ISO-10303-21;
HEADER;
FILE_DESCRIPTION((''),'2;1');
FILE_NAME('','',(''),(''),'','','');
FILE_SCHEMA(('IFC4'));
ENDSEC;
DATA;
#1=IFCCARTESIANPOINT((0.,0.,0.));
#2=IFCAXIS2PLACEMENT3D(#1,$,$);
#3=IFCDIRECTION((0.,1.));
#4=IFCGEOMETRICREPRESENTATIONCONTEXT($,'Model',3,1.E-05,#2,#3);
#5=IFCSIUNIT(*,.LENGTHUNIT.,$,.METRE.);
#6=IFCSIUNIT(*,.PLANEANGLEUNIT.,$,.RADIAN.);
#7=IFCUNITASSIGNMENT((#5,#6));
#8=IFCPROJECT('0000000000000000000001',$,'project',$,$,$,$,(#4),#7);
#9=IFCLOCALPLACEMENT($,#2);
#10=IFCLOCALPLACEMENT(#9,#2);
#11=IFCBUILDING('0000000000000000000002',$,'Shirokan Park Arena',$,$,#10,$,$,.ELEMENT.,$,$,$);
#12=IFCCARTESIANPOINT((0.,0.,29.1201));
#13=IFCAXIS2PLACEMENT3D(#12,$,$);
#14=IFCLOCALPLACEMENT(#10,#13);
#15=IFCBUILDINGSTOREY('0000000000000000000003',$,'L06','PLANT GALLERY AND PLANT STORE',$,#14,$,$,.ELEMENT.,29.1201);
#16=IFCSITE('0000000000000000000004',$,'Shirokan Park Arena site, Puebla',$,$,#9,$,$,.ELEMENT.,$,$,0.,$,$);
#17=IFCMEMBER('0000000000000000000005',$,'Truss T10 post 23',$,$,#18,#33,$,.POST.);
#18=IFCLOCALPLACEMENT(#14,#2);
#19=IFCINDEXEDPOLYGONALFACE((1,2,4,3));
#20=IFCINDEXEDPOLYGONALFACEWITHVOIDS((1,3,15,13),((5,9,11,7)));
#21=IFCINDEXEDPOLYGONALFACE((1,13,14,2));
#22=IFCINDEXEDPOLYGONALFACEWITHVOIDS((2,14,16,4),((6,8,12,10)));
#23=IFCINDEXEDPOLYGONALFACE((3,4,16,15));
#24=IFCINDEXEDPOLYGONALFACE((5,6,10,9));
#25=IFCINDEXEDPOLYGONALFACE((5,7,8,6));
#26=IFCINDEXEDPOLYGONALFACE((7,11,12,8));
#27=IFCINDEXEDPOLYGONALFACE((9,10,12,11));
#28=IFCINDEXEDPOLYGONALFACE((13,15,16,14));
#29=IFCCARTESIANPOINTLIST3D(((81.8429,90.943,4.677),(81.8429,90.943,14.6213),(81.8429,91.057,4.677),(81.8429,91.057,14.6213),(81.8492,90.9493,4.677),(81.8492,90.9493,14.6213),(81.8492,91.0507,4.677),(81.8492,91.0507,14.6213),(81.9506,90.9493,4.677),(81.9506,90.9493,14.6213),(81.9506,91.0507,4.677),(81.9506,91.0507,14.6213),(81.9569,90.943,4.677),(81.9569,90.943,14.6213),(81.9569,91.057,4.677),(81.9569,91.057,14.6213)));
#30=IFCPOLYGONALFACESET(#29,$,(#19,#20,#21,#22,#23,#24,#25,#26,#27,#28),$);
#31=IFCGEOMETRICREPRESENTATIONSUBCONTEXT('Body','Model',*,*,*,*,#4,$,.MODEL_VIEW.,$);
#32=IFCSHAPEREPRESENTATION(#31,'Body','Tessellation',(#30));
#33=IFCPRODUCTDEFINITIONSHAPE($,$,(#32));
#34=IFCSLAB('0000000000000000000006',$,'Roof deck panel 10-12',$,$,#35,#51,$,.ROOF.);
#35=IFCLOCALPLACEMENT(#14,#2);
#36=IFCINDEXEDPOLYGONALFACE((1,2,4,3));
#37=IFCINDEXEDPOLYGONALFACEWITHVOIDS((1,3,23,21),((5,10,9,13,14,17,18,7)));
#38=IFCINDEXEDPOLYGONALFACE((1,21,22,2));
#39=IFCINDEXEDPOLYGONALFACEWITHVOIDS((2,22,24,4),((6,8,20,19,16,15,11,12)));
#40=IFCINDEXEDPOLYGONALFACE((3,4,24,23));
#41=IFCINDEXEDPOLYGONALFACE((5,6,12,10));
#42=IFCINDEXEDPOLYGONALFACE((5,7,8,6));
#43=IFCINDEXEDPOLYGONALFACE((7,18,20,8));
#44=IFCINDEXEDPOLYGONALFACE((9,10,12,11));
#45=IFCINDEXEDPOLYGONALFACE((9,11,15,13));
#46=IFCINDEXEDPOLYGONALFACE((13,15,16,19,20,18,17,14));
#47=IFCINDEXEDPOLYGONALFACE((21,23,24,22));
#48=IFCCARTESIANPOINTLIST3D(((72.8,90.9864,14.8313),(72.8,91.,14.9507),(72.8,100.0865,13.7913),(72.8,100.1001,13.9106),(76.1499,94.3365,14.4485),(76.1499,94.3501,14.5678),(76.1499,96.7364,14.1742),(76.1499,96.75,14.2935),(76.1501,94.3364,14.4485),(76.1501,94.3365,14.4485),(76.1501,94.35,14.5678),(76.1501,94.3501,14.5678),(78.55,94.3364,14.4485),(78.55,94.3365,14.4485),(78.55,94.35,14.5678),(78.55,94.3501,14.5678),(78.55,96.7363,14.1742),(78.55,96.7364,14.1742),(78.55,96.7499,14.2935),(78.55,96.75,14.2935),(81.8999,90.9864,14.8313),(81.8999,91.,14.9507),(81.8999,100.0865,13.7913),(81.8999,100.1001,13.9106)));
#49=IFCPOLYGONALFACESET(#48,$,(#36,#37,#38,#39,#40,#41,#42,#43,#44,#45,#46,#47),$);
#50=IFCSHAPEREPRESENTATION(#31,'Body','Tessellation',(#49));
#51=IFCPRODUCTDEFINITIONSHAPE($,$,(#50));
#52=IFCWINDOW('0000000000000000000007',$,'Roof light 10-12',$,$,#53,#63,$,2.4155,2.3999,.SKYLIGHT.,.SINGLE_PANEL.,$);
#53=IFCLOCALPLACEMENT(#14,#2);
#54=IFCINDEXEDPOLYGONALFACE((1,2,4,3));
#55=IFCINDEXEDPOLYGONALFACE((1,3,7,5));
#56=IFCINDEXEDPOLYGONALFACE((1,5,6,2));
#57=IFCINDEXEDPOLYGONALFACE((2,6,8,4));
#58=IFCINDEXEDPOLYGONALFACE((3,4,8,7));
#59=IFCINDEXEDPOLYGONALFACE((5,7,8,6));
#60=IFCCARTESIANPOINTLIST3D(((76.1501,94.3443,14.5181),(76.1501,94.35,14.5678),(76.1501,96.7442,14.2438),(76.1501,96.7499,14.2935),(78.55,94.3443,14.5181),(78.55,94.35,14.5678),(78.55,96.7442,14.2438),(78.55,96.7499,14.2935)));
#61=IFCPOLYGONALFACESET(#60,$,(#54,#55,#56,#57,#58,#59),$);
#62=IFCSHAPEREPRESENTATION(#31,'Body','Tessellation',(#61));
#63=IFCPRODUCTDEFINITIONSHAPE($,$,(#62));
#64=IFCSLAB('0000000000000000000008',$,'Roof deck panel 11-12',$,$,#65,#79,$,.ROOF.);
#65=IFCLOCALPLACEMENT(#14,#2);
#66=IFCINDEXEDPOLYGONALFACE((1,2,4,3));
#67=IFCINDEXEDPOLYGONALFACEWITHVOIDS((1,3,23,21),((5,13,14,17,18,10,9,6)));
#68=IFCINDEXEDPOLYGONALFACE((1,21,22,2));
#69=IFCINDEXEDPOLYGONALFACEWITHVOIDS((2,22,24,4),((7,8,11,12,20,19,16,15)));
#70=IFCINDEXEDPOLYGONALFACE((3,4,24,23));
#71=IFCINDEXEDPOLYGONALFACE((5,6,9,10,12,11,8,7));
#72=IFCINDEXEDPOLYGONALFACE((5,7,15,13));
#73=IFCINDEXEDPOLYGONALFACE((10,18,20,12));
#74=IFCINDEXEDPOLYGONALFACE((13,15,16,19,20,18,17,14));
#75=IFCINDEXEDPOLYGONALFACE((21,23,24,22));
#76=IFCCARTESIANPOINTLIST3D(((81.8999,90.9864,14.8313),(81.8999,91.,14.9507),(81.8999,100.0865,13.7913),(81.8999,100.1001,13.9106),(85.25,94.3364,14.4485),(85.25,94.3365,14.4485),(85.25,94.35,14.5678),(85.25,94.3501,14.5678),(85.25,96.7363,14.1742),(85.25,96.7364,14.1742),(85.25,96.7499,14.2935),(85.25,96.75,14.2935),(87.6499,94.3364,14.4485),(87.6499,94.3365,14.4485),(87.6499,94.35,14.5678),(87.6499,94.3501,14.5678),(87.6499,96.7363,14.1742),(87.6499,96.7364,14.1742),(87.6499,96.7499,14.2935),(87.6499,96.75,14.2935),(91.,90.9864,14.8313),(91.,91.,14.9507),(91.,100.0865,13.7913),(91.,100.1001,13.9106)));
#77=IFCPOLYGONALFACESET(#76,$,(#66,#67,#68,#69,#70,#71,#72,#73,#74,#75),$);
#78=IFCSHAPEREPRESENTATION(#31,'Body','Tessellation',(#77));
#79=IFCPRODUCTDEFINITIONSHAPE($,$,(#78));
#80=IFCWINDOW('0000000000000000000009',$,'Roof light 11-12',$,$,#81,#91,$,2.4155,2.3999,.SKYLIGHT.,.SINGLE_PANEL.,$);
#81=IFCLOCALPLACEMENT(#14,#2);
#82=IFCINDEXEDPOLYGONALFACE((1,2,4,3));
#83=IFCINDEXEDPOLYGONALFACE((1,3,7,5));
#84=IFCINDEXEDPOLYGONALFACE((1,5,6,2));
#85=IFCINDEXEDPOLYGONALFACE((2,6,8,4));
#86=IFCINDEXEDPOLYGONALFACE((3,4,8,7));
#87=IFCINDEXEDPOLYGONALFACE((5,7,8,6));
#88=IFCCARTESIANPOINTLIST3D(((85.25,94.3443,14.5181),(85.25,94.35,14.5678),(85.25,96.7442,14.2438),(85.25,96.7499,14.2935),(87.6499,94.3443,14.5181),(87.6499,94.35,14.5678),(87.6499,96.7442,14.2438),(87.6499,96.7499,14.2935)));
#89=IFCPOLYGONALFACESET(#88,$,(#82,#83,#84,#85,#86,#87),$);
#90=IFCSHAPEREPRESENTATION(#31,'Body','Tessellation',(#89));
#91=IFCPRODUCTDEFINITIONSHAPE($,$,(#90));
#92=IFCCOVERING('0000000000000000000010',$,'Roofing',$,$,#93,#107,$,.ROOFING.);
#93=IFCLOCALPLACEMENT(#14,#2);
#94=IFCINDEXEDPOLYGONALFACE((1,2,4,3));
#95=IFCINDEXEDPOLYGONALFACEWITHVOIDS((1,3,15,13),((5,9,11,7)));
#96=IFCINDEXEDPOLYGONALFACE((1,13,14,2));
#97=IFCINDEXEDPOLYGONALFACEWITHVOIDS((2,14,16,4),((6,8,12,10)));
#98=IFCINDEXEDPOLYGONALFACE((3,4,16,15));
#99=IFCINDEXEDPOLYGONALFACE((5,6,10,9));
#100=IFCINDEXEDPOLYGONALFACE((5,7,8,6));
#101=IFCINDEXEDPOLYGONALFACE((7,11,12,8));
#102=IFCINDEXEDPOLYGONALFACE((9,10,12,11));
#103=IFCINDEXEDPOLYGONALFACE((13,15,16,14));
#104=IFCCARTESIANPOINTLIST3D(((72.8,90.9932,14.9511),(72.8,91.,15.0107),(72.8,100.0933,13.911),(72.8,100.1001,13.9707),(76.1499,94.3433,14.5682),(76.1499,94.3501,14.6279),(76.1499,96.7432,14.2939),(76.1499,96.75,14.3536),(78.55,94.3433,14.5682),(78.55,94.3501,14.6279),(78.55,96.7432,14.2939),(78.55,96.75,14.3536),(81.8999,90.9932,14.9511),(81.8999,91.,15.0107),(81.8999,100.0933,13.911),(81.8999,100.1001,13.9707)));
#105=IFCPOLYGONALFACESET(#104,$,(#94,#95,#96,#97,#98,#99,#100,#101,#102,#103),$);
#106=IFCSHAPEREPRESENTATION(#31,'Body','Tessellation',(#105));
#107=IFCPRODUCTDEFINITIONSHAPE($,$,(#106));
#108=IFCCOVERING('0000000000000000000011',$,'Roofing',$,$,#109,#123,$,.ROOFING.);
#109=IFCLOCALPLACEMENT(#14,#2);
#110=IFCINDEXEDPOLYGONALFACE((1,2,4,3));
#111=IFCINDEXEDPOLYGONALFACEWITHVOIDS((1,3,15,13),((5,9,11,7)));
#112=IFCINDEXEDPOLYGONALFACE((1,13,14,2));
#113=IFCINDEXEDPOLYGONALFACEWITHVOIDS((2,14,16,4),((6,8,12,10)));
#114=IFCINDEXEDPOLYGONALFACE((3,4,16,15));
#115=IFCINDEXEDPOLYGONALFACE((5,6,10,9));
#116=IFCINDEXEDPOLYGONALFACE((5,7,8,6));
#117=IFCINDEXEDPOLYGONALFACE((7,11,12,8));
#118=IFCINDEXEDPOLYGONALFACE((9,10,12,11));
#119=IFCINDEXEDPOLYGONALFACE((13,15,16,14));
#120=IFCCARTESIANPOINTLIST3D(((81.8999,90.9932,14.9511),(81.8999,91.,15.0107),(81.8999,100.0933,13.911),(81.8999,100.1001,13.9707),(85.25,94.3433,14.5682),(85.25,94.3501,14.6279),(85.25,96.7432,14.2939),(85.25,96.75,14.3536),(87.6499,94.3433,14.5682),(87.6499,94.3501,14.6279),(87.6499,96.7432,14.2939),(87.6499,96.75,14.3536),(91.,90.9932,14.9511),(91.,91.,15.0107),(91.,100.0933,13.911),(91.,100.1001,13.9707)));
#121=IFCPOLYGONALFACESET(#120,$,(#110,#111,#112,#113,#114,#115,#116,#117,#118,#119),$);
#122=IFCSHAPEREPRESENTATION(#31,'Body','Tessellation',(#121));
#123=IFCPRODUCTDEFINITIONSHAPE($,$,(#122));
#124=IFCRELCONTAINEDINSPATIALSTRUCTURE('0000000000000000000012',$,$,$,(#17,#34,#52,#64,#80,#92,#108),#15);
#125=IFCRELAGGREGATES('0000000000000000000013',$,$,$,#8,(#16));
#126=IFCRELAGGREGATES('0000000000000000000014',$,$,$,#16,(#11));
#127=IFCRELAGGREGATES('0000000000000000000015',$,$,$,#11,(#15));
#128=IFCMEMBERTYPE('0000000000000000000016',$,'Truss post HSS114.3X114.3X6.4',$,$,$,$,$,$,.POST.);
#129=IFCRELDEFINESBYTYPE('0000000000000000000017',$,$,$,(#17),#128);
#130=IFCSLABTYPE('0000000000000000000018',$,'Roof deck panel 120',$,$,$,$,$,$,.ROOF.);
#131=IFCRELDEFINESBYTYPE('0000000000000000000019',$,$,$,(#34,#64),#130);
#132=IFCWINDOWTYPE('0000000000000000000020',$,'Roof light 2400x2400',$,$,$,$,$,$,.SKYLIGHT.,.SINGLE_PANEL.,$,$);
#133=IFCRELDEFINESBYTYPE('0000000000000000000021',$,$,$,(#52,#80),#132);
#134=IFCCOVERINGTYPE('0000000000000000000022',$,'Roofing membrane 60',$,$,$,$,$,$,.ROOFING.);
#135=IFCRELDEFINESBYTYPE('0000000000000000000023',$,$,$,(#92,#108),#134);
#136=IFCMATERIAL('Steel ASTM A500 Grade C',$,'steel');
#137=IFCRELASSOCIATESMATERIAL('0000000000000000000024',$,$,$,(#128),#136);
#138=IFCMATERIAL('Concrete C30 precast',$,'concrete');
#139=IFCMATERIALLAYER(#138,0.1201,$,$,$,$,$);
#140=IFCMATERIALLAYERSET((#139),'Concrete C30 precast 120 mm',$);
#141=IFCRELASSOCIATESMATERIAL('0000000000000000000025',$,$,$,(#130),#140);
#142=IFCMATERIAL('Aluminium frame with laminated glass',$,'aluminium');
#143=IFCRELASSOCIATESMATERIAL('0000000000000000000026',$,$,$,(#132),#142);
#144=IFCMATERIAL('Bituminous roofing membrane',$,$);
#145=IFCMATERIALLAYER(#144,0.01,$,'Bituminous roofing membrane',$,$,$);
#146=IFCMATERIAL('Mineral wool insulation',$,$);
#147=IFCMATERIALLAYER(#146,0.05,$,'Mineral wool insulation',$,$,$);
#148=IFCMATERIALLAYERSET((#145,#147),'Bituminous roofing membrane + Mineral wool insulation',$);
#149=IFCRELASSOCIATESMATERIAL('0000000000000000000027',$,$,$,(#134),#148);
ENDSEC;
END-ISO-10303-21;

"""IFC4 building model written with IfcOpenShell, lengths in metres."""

from ifc_helpers import new_model, si_unit, direction, frame, origin, origin_2d, place, context, subcontext, project, spatial, polyline, rectangle, hollow_rectangle, outline, extrude, material, layer, layer_set, material_profile, profile_set, type_object, element, fill, save


model = new_model("IFC4")

# Units and contexts
model_context = context("Model", 3, precision=1e-05, world=origin(), true_north=direction((0.0, 1.0)))
body_context = subcontext(model_context, "Body", "Model", "MODEL_VIEW")
ifc_project = project(units=[si_unit("LENGTHUNIT", "METRE"), si_unit("PLANEANGLEUNIT", "RADIAN")], contexts=[model_context])

# Site, building, storey
site_placement = place(None, origin())
site = spatial("IfcSite", under=ifc_project, at=site_placement, Name="Shirokan Park Arena site, Puebla", CompositionType="ELEMENT", RefElevation=0.0)
building_placement = place(site_placement, origin())
building = spatial("IfcBuilding", under=site, at=building_placement, Name="Shirokan Park Arena", CompositionType="ELEMENT")
storey_placement = place(building_placement, frame((0.0, 0.0, 29.1201)))
storey = spatial("IfcBuildingStorey", under=building, at=storey_placement, Name="L06", Description="PLANT GALLERY AND PLANT STORE", CompositionType="ELEMENT", Elevation=29.1201)

# Member
ifc_material_1 = material(Name="Steel ASTM A500 Grade C", Category="steel")
ifc_material_profile_1 = material_profile(ifc_material_1, hollow_rectangle(XDim=0.114, YDim=0.114, WallThickness=0.0063, at=origin_2d()), Name="HSS114.3X114.3X6.4")
ifc_profile_set_1 = profile_set([ifc_material_profile_1], Name="Steel ASTM A500 Grade C")
member_type_1 = type_object("IfcMemberType", Name="Truss post HSS114.3X114.3X6.4", PredefinedType="POST", material=ifc_profile_set_1)
member_1_placement = place(storey_placement, frame((81.8999, 91.0, 4.677), z_axis=(0.0, 0.0, 1.0), x_axis=(1.0, 0.0, 0.0)))
element("IfcMember", 1, at=member_1_placement, inside=storey, type_object=member_type_1, Name="Truss T10 post 23", PredefinedType="POST", context=body_context, shape_type="SweptSolid", body=[
    extrude(hollow_rectangle(XDim=0.114, YDim=0.114, WallThickness=0.0063, at=origin_2d()), origin(), (0.0, 0.0, 1.0), 9.9443),
])

# Slabs, openings, windows
ifc_material_2 = material(Name="Concrete C30 precast", Category="concrete")
ifc_layer_1 = layer(ifc_material_2, 0.1201)
ifc_layer_set_1 = layer_set([ifc_layer_1], Name="Concrete C30 precast 120 mm")
slab_type = type_object("IfcSlabType", Name="Roof deck panel 120", PredefinedType="ROOF", material=ifc_layer_set_1)
slab_1_placement = place(storey_placement, frame((72.8, 91.0, 14.9507), z_axis=(0.0, 0.11355, 0.993532), x_axis=(1.0, 0.0, 0.0)))
slab_1 = element("IfcSlab", 2, at=slab_1_placement, inside=storey, type_object=slab_type, Name="Roof deck panel 10-12", PredefinedType="ROOF", context=body_context, shape_type="SweptSolid", body=[
    extrude(outline(polyline([(0.0, 0.0), (9.0999, 0.0), (9.0999, 9.1593), (0.0, 9.1593), (0.0, 0.0)]), holes=[polyline([(3.3499, 3.3719), (5.75, 3.3719), (5.75, 5.7874), (3.3499, 5.7874), (3.3499, 3.3719)])]), origin(), (0.0, 0.0, -1.0), 0.1201),
])
opening_1_placement = place(slab_1_placement, frame((4.55, 4.5796, 0.01)))
opening_1 = element("IfcOpeningElement", 3, at=opening_1_placement, cuts=slab_1, PredefinedType="OPENING", context=body_context, shape_type="SweptSolid", body=[
    extrude(rectangle(XDim=2.3999, YDim=2.4155, at=origin_2d()), origin(), (0.0, 0.0, -1.0), 0.1399),
])
ifc_material_3 = material(Name="Aluminium frame with laminated glass", Category="aluminium")
window_type = type_object("IfcWindowType", Name="Roof light 2400x2400", PartitioningType="SINGLE_PANEL", PredefinedType="SKYLIGHT", material=ifc_material_3)
window_1_placement = place(opening_1_placement, frame((0.0, 0.0, -0.0601)))
window_1 = element("IfcWindow", 4, at=window_1_placement, inside=storey, type_object=window_type, Name="Roof light 10-12", OverallHeight=2.4155, OverallWidth=2.3999, PartitioningType="SINGLE_PANEL", PredefinedType="SKYLIGHT", context=body_context, shape_type="SweptSolid", body=[
    extrude(rectangle(XDim=2.3999, YDim=2.4155, at=origin_2d()), origin(), (0.0, 0.0, 1.0), 0.05),
])
fill(opening_1, window_1)
slab_2_placement = place(storey_placement, frame((81.8999, 91.0, 14.9507), z_axis=(0.0, 0.11355, 0.993532), x_axis=(1.0, 0.0, 0.0)))
slab_2 = element("IfcSlab", 5, at=slab_2_placement, inside=storey, type_object=slab_type, Name="Roof deck panel 11-12", PredefinedType="ROOF", context=body_context, shape_type="SweptSolid", body=[
    extrude(outline(polyline([(0.0, 0.0), (9.1001, 0.0), (9.1001, 9.1593), (0.0, 9.1593), (0.0, 0.0)]), holes=[polyline([(3.3501, 3.3719), (5.75, 3.3719), (5.75, 5.7874), (3.3501, 5.7874), (3.3501, 3.3719)])]), origin(), (0.0, 0.0, -1.0), 0.1201),
])
opening_2_placement = place(slab_2_placement, frame((4.55, 4.5796, 0.01)))
opening_2 = element("IfcOpeningElement", 6, at=opening_2_placement, cuts=slab_2, PredefinedType="OPENING", context=body_context, shape_type="SweptSolid", body=[
    extrude(rectangle(XDim=2.3999, YDim=2.4155, at=origin_2d()), origin(), (0.0, 0.0, -1.0), 0.1399),
])
window_2_placement = place(opening_2_placement, frame((0.0, 0.0, -0.0601)))
window_2 = element("IfcWindow", 7, at=window_2_placement, inside=storey, type_object=window_type, Name="Roof light 11-12", OverallHeight=2.4155, OverallWidth=2.3999, PartitioningType="SINGLE_PANEL", PredefinedType="SKYLIGHT", context=body_context, shape_type="SweptSolid", body=[
    extrude(rectangle(XDim=2.3999, YDim=2.4155, at=origin_2d()), origin(), (0.0, 0.0, 1.0), 0.05),
])
fill(opening_2, window_2)

# Coverings
ifc_material_4 = material(Name="Bituminous roofing membrane")
ifc_layer_2 = layer(ifc_material_4, 0.01, Name="Bituminous roofing membrane")
ifc_material_5 = material(Name="Mineral wool insulation")
ifc_layer_3 = layer(ifc_material_5, 0.05, Name="Mineral wool insulation")
ifc_layer_set_2 = layer_set([ifc_layer_2, ifc_layer_3], Name="Bituminous roofing membrane + Mineral wool insulation")
covering_type = type_object("IfcCoveringType", Name="Roofing membrane 60", PredefinedType="ROOFING", material=ifc_layer_set_2)
covering_1_placement = place(storey_placement, frame((72.8, 91.0, 15.0107), z_axis=(0.0, 0.11355, 0.993532), x_axis=(1.0, 0.0, 0.0)))
element("IfcCovering", 8, at=covering_1_placement, inside=storey, type_object=covering_type, Name="Roofing", PredefinedType="ROOFING", context=body_context, shape_type="SweptSolid", body=[
    extrude(outline(polyline([(0.0, 0.0), (9.0999, 0.0), (9.0999, 9.1593), (0.0, 9.1593), (0.0, 0.0)]), holes=[polyline([(5.75, 3.3719), (5.75, 5.7874), (3.3499, 5.7874), (3.3499, 3.3719), (5.75, 3.3719)])]), origin(), (0.0, 0.0, -1.0), 0.0601),
])
covering_2_placement = place(storey_placement, frame((81.8999, 91.0, 15.0107), z_axis=(0.0, 0.11355, 0.993532), x_axis=(1.0, 0.0, 0.0)))
element("IfcCovering", 9, at=covering_2_placement, inside=storey, type_object=covering_type, Name="Roofing", PredefinedType="ROOFING", context=body_context, shape_type="SweptSolid", body=[
    extrude(outline(polyline([(0.0, 0.0), (9.1001, 0.0), (9.1001, 9.1593), (0.0, 9.1593), (0.0, 0.0)]), holes=[polyline([(5.75, 3.3719), (5.75, 5.7874), (3.3501, 5.7874), (3.3501, 3.3719), (5.75, 3.3719)])]), origin(), (0.0, 0.0, -1.0), 0.0601),
])

save(model, "model.ifc")
